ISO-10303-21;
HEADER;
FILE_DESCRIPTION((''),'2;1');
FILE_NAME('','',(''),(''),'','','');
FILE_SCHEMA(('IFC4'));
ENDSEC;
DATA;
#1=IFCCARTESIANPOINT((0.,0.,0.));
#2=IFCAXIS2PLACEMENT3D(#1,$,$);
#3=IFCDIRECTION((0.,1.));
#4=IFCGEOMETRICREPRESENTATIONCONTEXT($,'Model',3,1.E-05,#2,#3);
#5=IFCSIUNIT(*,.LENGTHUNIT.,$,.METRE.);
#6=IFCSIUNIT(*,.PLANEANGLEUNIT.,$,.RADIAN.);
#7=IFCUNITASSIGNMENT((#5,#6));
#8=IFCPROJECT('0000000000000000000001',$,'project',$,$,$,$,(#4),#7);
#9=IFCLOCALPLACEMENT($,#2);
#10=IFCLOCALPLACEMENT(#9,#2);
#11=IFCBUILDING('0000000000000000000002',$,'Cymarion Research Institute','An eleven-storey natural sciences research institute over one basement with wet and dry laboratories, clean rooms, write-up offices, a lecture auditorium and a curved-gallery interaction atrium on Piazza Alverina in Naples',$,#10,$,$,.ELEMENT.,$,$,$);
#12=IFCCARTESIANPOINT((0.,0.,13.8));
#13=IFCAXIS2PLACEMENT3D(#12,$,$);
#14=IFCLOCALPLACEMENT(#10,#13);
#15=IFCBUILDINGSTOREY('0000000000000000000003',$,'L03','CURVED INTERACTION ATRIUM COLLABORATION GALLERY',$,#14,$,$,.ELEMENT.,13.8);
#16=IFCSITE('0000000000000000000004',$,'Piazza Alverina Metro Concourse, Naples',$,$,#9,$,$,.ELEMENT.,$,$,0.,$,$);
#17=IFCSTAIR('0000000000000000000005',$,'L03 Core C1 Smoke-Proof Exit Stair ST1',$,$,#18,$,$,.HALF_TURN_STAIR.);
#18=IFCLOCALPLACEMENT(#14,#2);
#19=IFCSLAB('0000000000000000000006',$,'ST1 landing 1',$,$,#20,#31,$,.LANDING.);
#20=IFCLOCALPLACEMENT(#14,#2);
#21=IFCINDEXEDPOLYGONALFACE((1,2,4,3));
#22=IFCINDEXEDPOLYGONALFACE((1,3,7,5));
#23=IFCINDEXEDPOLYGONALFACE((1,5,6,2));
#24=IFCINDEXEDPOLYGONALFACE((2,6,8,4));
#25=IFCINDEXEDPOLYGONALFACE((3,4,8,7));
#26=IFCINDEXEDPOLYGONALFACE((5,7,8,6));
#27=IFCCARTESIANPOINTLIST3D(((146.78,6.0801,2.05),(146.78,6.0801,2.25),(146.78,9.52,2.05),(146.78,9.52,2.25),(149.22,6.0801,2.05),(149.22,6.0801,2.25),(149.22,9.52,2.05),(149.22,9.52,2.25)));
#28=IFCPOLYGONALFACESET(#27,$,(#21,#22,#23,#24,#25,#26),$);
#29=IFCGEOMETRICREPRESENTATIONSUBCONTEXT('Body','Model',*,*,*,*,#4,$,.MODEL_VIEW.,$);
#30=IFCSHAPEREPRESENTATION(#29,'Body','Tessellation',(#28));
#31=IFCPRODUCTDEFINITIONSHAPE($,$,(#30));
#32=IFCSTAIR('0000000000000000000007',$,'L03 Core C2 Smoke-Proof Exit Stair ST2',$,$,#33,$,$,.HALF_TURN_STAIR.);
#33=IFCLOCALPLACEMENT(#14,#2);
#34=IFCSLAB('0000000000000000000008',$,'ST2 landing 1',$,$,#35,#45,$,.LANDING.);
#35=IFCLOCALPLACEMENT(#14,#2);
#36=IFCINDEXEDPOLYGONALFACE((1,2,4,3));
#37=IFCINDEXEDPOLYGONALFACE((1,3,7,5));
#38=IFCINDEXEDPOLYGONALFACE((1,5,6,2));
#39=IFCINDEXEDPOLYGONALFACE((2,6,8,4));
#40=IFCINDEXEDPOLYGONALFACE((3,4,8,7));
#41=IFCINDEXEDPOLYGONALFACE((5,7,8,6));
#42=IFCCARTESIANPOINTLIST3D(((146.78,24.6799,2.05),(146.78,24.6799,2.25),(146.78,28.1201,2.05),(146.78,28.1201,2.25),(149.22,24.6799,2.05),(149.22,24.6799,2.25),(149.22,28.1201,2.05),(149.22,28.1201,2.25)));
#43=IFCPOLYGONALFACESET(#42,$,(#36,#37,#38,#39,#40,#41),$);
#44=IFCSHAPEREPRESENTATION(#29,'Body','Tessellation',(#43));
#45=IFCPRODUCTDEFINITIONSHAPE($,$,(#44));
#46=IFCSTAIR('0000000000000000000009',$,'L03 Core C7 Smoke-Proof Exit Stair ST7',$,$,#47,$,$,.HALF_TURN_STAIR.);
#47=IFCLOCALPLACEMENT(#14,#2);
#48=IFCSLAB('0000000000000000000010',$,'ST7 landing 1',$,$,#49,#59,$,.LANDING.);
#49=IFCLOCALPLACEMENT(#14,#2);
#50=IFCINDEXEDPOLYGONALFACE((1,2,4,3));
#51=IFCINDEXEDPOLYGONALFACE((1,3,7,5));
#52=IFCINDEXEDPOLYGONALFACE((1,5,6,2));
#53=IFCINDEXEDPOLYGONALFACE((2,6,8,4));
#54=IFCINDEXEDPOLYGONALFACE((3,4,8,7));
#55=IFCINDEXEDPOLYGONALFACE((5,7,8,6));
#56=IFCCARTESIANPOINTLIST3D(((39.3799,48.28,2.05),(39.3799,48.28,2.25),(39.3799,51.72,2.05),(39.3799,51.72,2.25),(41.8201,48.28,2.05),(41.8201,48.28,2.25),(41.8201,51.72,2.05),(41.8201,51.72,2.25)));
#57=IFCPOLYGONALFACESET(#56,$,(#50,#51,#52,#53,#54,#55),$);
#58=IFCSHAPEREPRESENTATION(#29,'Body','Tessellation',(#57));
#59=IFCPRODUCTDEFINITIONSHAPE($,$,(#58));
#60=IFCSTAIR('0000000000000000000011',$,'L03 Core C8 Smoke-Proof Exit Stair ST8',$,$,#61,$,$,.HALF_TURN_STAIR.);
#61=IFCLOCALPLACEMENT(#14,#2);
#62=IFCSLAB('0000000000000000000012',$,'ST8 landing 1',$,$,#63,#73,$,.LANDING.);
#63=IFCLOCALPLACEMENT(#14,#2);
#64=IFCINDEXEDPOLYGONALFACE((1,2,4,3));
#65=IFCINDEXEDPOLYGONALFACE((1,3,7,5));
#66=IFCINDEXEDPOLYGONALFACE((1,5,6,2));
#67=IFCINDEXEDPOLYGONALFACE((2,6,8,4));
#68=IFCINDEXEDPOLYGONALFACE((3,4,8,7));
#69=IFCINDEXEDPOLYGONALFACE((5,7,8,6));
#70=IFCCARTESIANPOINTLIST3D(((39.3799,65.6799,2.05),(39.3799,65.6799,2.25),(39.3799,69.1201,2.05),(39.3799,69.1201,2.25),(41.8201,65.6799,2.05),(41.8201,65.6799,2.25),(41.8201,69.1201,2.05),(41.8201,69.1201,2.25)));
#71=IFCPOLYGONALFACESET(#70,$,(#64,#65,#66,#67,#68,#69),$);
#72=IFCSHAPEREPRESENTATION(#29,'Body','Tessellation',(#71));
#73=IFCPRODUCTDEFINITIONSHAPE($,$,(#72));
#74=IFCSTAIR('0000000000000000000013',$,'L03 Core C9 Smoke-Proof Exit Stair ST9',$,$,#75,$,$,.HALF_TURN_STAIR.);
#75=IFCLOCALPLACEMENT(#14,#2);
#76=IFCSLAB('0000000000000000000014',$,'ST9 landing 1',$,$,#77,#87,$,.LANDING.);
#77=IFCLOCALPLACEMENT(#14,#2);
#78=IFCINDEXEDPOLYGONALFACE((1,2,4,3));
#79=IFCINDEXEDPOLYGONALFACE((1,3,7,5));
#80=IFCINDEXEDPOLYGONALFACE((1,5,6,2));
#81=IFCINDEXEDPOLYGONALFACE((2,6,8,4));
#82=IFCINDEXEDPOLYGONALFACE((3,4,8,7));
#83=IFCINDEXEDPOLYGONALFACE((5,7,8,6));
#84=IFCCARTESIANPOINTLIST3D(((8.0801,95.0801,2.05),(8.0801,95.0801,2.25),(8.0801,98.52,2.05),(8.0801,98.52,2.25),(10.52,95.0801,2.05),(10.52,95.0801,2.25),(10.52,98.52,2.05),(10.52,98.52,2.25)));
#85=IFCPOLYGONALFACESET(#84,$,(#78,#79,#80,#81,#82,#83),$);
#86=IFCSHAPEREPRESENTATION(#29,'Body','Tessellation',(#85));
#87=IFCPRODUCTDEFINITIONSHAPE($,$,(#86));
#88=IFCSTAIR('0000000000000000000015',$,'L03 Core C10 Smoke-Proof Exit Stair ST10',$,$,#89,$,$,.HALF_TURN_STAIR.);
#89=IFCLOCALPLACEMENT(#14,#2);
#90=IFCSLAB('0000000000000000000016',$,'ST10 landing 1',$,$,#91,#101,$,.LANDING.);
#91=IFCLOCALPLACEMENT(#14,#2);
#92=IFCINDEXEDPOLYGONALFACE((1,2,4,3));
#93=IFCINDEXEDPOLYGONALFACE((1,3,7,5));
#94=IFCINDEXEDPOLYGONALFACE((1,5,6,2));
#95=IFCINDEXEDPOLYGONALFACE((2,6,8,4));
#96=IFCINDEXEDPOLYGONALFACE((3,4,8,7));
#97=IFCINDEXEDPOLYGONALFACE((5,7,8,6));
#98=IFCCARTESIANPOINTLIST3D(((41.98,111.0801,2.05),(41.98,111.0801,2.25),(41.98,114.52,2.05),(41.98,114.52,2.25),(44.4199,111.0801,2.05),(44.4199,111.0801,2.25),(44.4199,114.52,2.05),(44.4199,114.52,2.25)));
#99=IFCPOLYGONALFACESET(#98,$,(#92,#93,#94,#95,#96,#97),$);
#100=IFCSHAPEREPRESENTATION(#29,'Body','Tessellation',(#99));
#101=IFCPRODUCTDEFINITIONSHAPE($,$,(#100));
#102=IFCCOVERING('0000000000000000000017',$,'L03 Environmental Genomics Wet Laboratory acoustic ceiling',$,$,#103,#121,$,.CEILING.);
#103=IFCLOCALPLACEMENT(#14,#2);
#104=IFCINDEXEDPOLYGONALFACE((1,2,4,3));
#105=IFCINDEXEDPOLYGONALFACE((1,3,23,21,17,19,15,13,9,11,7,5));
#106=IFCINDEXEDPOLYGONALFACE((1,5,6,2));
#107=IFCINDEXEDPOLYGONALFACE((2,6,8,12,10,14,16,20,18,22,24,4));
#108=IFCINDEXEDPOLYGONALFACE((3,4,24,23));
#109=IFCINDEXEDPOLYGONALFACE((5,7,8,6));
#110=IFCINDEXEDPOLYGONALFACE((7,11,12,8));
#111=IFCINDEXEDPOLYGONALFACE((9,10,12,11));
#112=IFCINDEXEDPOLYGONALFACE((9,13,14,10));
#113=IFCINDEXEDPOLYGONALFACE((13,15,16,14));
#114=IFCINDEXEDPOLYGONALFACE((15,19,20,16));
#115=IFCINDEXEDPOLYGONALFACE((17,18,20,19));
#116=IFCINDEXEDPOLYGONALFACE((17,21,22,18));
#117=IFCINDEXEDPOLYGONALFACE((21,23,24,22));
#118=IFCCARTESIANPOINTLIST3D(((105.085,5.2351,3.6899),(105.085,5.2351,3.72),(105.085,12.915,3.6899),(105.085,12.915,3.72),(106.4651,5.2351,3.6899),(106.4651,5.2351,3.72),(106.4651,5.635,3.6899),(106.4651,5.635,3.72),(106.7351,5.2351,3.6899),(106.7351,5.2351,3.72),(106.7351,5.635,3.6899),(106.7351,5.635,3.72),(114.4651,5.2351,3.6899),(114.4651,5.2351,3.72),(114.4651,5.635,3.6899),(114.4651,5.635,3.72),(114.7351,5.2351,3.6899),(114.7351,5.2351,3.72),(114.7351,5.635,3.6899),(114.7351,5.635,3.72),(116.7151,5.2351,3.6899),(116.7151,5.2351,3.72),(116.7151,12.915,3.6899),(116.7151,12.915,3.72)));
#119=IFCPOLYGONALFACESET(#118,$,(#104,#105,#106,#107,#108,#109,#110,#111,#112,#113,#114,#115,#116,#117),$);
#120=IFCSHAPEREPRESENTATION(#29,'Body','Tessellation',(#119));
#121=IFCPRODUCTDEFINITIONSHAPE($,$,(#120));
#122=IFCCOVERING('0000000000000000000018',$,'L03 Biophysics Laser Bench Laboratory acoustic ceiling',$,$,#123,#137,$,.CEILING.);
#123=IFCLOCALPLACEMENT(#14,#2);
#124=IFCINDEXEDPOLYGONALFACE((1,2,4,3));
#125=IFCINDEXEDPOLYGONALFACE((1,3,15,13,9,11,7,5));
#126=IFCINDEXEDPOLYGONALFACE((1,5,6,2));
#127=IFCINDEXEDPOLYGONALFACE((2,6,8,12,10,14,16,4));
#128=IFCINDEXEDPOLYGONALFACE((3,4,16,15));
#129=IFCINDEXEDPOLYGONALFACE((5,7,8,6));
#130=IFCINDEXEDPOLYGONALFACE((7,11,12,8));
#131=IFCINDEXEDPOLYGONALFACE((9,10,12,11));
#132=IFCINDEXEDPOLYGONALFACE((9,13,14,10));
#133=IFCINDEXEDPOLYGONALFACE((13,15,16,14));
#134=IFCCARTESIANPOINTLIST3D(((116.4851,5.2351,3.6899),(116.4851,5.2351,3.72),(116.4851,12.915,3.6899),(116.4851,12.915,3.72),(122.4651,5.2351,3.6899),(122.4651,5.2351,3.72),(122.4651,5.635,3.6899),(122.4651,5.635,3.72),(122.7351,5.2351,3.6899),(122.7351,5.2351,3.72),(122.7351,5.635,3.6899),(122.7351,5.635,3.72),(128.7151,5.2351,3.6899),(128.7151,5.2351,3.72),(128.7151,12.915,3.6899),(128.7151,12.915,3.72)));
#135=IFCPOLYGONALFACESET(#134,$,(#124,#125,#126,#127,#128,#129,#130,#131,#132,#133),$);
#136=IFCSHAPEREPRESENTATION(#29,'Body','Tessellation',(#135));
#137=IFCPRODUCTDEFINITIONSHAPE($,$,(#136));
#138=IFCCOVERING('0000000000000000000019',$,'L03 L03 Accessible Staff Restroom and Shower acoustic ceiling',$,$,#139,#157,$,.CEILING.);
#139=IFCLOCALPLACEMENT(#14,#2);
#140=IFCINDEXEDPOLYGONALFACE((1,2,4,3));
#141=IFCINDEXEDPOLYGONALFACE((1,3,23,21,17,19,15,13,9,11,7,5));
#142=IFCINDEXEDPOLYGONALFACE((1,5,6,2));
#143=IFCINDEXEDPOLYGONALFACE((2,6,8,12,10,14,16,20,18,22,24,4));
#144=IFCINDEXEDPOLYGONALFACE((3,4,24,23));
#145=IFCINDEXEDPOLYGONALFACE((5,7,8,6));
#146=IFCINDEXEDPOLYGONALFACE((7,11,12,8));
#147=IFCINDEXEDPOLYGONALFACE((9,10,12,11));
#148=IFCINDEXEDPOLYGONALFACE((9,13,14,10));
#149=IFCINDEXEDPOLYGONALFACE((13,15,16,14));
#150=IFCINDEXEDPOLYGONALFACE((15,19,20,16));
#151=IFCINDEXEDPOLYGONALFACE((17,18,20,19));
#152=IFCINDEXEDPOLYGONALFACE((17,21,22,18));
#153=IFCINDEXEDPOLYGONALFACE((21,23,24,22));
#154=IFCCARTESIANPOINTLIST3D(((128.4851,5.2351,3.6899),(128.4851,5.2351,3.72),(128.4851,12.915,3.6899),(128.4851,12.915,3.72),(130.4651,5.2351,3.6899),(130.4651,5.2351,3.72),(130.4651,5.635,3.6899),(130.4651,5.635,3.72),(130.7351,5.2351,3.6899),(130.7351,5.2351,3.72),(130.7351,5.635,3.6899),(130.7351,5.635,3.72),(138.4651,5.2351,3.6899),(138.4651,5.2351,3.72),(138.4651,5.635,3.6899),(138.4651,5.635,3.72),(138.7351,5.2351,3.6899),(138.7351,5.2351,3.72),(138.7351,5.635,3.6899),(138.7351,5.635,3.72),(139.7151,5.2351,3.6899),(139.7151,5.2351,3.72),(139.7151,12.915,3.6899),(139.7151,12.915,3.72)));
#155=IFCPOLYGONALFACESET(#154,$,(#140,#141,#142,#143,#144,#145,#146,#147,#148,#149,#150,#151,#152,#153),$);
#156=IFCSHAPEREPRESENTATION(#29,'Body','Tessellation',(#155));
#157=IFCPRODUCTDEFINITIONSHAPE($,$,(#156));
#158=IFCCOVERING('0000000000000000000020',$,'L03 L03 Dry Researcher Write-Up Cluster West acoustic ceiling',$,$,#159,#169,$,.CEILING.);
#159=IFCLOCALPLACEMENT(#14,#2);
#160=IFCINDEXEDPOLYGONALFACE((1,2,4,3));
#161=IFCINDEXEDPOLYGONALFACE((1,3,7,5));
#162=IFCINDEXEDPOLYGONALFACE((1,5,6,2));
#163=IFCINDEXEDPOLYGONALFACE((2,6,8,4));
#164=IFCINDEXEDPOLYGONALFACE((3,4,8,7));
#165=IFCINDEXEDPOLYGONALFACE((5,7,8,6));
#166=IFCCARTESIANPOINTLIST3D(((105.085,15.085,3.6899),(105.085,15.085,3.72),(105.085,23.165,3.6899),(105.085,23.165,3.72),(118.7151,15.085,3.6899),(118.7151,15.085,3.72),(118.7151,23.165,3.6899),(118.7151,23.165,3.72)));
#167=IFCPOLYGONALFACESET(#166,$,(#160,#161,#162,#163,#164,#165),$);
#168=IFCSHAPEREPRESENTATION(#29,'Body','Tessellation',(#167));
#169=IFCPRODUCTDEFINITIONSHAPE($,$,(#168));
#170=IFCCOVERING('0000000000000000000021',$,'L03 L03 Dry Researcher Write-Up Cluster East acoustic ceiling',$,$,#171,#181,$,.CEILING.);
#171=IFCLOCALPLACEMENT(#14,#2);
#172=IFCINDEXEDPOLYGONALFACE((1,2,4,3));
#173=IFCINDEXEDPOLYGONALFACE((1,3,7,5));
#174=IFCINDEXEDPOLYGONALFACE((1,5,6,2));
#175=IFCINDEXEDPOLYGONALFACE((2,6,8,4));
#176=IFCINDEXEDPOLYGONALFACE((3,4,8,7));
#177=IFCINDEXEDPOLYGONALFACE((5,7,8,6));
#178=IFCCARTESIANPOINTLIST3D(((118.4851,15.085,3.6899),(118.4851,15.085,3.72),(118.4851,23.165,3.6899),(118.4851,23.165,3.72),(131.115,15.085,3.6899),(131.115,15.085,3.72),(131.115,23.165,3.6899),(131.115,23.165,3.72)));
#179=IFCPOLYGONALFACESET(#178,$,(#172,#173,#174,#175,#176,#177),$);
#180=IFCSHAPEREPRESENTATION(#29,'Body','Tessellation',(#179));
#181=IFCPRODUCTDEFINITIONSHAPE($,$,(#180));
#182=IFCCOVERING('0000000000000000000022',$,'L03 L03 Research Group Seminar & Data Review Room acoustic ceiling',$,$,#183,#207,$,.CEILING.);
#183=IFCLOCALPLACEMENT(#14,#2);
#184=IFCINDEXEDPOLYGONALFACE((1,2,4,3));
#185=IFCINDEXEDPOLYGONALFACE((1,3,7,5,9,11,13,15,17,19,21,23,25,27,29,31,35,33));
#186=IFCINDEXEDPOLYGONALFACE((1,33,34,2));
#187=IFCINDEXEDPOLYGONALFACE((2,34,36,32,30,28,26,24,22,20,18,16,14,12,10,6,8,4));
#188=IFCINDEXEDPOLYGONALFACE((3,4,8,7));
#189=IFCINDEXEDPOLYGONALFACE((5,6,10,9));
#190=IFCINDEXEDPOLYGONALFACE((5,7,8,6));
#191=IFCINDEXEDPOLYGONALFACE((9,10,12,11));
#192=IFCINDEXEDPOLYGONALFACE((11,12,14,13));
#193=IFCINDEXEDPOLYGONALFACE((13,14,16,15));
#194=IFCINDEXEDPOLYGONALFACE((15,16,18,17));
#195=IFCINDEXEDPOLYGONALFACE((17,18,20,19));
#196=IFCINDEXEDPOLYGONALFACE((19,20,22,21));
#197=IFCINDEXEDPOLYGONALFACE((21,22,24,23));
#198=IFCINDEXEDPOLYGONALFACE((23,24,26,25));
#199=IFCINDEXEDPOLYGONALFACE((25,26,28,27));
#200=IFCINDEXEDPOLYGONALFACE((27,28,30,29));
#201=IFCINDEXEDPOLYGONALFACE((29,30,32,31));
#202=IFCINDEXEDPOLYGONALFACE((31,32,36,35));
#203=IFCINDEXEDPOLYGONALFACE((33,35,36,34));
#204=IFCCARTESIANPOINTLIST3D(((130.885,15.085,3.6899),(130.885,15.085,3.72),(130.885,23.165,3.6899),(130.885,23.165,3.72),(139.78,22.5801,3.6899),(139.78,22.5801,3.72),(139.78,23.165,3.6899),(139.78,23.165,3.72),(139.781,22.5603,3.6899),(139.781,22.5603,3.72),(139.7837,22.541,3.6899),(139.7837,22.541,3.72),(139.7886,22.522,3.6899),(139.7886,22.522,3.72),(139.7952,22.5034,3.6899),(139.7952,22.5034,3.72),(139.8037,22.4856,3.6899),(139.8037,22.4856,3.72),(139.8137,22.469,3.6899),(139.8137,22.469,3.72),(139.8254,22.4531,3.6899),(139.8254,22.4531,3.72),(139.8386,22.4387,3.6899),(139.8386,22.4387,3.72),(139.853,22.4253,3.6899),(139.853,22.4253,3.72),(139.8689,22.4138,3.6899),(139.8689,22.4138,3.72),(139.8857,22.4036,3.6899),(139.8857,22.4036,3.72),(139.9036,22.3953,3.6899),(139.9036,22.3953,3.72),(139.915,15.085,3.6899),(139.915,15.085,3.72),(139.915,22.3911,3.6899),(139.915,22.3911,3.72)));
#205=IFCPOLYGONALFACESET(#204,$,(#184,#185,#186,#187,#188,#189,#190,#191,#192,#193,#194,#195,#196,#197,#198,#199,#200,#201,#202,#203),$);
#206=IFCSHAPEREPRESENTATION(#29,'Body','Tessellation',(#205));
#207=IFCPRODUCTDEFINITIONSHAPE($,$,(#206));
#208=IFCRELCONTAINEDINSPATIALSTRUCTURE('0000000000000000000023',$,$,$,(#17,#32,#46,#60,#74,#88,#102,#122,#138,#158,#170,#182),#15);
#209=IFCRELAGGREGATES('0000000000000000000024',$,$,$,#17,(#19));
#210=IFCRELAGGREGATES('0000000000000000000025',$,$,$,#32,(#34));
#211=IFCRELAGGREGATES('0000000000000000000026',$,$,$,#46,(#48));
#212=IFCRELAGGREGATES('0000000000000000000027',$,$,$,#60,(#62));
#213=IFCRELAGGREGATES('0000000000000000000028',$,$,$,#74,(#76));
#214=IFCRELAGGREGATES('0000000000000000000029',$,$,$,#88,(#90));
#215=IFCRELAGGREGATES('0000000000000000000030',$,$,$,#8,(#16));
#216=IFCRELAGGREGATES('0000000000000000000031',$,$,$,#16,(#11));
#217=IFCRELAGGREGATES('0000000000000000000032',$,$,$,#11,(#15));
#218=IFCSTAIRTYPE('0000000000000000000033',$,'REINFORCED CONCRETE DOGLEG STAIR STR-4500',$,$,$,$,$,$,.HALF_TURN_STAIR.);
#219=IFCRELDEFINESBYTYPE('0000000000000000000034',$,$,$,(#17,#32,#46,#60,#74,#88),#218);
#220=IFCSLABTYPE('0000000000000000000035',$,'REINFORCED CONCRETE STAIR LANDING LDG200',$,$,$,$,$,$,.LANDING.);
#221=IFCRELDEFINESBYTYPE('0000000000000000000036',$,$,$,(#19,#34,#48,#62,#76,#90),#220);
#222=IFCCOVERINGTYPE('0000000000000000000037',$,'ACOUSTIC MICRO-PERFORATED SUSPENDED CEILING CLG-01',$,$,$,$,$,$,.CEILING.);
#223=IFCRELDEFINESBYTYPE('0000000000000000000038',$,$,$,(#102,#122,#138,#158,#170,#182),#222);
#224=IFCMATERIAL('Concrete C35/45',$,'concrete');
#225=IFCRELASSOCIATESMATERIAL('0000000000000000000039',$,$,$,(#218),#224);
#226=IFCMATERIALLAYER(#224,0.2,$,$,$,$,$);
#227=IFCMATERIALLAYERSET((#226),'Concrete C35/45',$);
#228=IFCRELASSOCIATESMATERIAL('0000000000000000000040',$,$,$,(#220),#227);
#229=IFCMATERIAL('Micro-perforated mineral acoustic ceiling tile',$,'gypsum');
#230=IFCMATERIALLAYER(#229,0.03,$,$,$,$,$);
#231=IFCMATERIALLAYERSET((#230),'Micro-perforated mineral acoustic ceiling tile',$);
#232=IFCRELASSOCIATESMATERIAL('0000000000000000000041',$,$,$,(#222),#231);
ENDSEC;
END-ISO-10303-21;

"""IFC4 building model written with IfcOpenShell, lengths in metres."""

from ifc_helpers import new_model, si_unit, direction, frame, origin, place, context, subcontext, project, spatial, polyline, outline, extrude, material, layer, layer_set, type_object, element, aggregate, save


model = new_model("IFC4")

# Units and contexts
model_context = context("Model", 3, precision=1e-05, world=origin(), true_north=direction((0.0, 1.0)))
body_context = subcontext(model_context, "Body", "Model", "MODEL_VIEW")
ifc_project = project(units=[si_unit("LENGTHUNIT", "METRE"), si_unit("PLANEANGLEUNIT", "RADIAN")], contexts=[model_context])

# Site, building, storey
site_placement = place(None, origin())
site = spatial("IfcSite", under=ifc_project, at=site_placement, Name="Piazza Alverina Metro Concourse, Naples", CompositionType="ELEMENT", RefElevation=0.0)
building_placement = place(site_placement, origin())
building = spatial("IfcBuilding", under=site, at=building_placement, Name="Cymarion Research Institute", Description="An eleven-storey natural sciences research institute over one basement with wet and dry laboratories, clean rooms, write-up offices, a lecture auditorium and a curved-gallery interaction atrium on Piazza Alverina in Naples", CompositionType="ELEMENT")
storey_placement = place(building_placement, frame((0.0, 0.0, 13.8)))
storey = spatial("IfcBuildingStorey", under=building, at=storey_placement, Name="L03", Description="CURVED INTERACTION ATRIUM COLLABORATION GALLERY", CompositionType="ELEMENT", Elevation=13.8)

# Stairs, slabs
ifc_material_1 = material(Name="Concrete C35/45", Category="concrete")
stair_type = type_object("IfcStairType", Name="REINFORCED CONCRETE DOGLEG STAIR STR-4500", PredefinedType="HALF_TURN_STAIR", material=ifc_material_1)
stair_1_placement = place(storey_placement, origin())
stair_1 = element("IfcStair", 1, at=stair_1_placement, inside=storey, type_object=stair_type, Name="L03 Core C1 Smoke-Proof Exit Stair ST1", PredefinedType="HALF_TURN_STAIR")
ifc_layer_1 = layer(ifc_material_1, 0.2)
ifc_layer_set_1 = layer_set([ifc_layer_1], Name="Concrete C35/45")
slab_type = type_object("IfcSlabType", Name="REINFORCED CONCRETE STAIR LANDING LDG200", PredefinedType="LANDING", material=ifc_layer_set_1)
slab_1_placement = place(storey_placement, frame((0.0, 0.0, 2.05)))
slab_1 = element("IfcSlab", 2, at=slab_1_placement, type_object=slab_type, Name="ST1 landing 1", PredefinedType="LANDING", context=body_context, shape_type="SweptSolid", body=[
    extrude(outline(polyline([(149.22, 9.52), (149.22, 6.0801), (146.78, 6.0801), (146.78, 9.52), (149.22, 9.52)])), origin(), (0.0, 0.0, 1.0), 0.2),
])
aggregate(stair_1, [slab_1])
stair_2_placement = place(storey_placement, origin())
stair_2 = element("IfcStair", 3, at=stair_2_placement, inside=storey, type_object=stair_type, Name="L03 Core C2 Smoke-Proof Exit Stair ST2", PredefinedType="HALF_TURN_STAIR")
slab_2_placement = place(storey_placement, frame((0.0, 0.0, 2.05)))
slab_2 = element("IfcSlab", 4, at=slab_2_placement, type_object=slab_type, Name="ST2 landing 1", PredefinedType="LANDING", context=body_context, shape_type="SweptSolid", body=[
    extrude(outline(polyline([(149.22, 28.1201), (149.22, 24.6799), (146.78, 24.6799), (146.78, 28.1201), (149.22, 28.1201)])), origin(), (0.0, 0.0, 1.0), 0.2),
])
aggregate(stair_2, [slab_2])
stair_3_placement = place(storey_placement, origin())
stair_3 = element("IfcStair", 5, at=stair_3_placement, inside=storey, type_object=stair_type, Name="L03 Core C7 Smoke-Proof Exit Stair ST7", PredefinedType="HALF_TURN_STAIR")
slab_3_placement = place(storey_placement, frame((0.0, 0.0, 2.05)))
slab_3 = element("IfcSlab", 6, at=slab_3_placement, type_object=slab_type, Name="ST7 landing 1", PredefinedType="LANDING", context=body_context, shape_type="SweptSolid", body=[
    extrude(outline(polyline([(39.3799, 48.28), (39.3799, 51.72), (41.8201, 51.72), (41.8201, 48.28), (39.3799, 48.28)])), origin(), (0.0, 0.0, 1.0), 0.2),
])
aggregate(stair_3, [slab_3])
stair_4_placement = place(storey_placement, origin())
stair_4 = element("IfcStair", 7, at=stair_4_placement, inside=storey, type_object=stair_type, Name="L03 Core C8 Smoke-Proof Exit Stair ST8", PredefinedType="HALF_TURN_STAIR")
slab_4_placement = place(storey_placement, frame((0.0, 0.0, 2.05)))
slab_4 = element("IfcSlab", 8, at=slab_4_placement, type_object=slab_type, Name="ST8 landing 1", PredefinedType="LANDING", context=body_context, shape_type="SweptSolid", body=[
    extrude(outline(polyline([(39.3799, 65.6799), (39.3799, 69.1201), (41.8201, 69.1201), (41.8201, 65.6799), (39.3799, 65.6799)])), origin(), (0.0, 0.0, 1.0), 0.2),
])
aggregate(stair_4, [slab_4])
stair_5_placement = place(storey_placement, origin())
stair_5 = element("IfcStair", 9, at=stair_5_placement, inside=storey, type_object=stair_type, Name="L03 Core C9 Smoke-Proof Exit Stair ST9", PredefinedType="HALF_TURN_STAIR")
slab_5_placement = place(storey_placement, frame((0.0, 0.0, 2.05)))
slab_5 = element("IfcSlab", 10, at=slab_5_placement, type_object=slab_type, Name="ST9 landing 1", PredefinedType="LANDING", context=body_context, shape_type="SweptSolid", body=[
    extrude(outline(polyline([(10.52, 98.52), (10.52, 95.0801), (8.0801, 95.0801), (8.0801, 98.52), (10.52, 98.52)])), origin(), (0.0, 0.0, 1.0), 0.2),
])
aggregate(stair_5, [slab_5])
stair_6_placement = place(storey_placement, origin())
stair_6 = element("IfcStair", 11, at=stair_6_placement, inside=storey, type_object=stair_type, Name="L03 Core C10 Smoke-Proof Exit Stair ST10", PredefinedType="HALF_TURN_STAIR")
slab_6_placement = place(storey_placement, frame((0.0, 0.0, 2.05)))
slab_6 = element("IfcSlab", 12, at=slab_6_placement, type_object=slab_type, Name="ST10 landing 1", PredefinedType="LANDING", context=body_context, shape_type="SweptSolid", body=[
    extrude(outline(polyline([(41.98, 111.0801), (41.98, 114.52), (44.4199, 114.52), (44.4199, 111.0801), (41.98, 111.0801)])), origin(), (0.0, 0.0, 1.0), 0.2),
])
aggregate(stair_6, [slab_6])

# Coverings
ifc_material_2 = material(Name="Micro-perforated mineral acoustic ceiling tile", Category="gypsum")
ifc_layer_2 = layer(ifc_material_2, 0.03)
ifc_layer_set_2 = layer_set([ifc_layer_2], Name="Micro-perforated mineral acoustic ceiling tile")
covering_type_1 = type_object("IfcCoveringType", Name="ACOUSTIC MICRO-PERFORATED SUSPENDED CEILING CLG-01", PredefinedType="CEILING", material=ifc_layer_set_2)
covering_1_placement = place(storey_placement, frame((0.0, 0.0, 3.6899)))
element("IfcCovering", 13, at=covering_1_placement, inside=storey, type_object=covering_type_1, Name="L03 Environmental Genomics Wet Laboratory acoustic ceiling", PredefinedType="CEILING", context=body_context, shape_type="SweptSolid", body=[
    extrude(outline(polyline([(116.7151, 12.915), (116.7151, 5.2351), (114.7351, 5.2351), (114.7351, 5.635), (114.4651, 5.635), (114.4651, 5.2351), (106.7351, 5.2351), (106.7351, 5.635), (106.4651, 5.635), (106.4651, 5.2351), (105.085, 5.2351), (105.085, 12.915), (116.7151, 12.915)])), origin(), (0.0, 0.0, 1.0), 0.03),
])
covering_2_placement = place(storey_placement, frame((0.0, 0.0, 3.6899)))
element("IfcCovering", 14, at=covering_2_placement, inside=storey, type_object=covering_type_1, Name="L03 Biophysics Laser Bench Laboratory acoustic ceiling", PredefinedType="CEILING", context=body_context, shape_type="SweptSolid", body=[
    extrude(outline(polyline([(128.7151, 12.915), (128.7151, 5.2351), (122.7351, 5.2351), (122.7351, 5.635), (122.4651, 5.635), (122.4651, 5.2351), (116.4851, 5.2351), (116.4851, 12.915), (128.7151, 12.915)])), origin(), (0.0, 0.0, 1.0), 0.03),
])
covering_3_placement = place(storey_placement, frame((0.0, 0.0, 3.6899)))
element("IfcCovering", 15, at=covering_3_placement, inside=storey, type_object=covering_type_1, Name="L03 L03 Accessible Staff Restroom and Shower acoustic ceiling", PredefinedType="CEILING", context=body_context, shape_type="SweptSolid", body=[
    extrude(outline(polyline([(139.7151, 12.915), (139.7151, 5.2351), (138.7351, 5.2351), (138.7351, 5.635), (138.4651, 5.635), (138.4651, 5.2351), (130.7351, 5.2351), (130.7351, 5.635), (130.4651, 5.635), (130.4651, 5.2351), (128.4851, 5.2351), (128.4851, 12.915), (139.7151, 12.915)])), origin(), (0.0, 0.0, 1.0), 0.03),
])
covering_4_placement = place(storey_placement, frame((0.0, 0.0, 3.6899)))
element("IfcCovering", 16, at=covering_4_placement, inside=storey, type_object=covering_type_1, Name="L03 L03 Dry Researcher Write-Up Cluster West acoustic ceiling", PredefinedType="CEILING", context=body_context, shape_type="SweptSolid", body=[
    extrude(outline(polyline([(118.7151, 23.165), (118.7151, 15.085), (105.085, 15.085), (105.085, 23.165), (118.7151, 23.165)])), origin(), (0.0, 0.0, 1.0), 0.03),
])
covering_5_placement = place(storey_placement, frame((0.0, 0.0, 3.6899)))
element("IfcCovering", 17, at=covering_5_placement, inside=storey, type_object=covering_type_1, Name="L03 L03 Dry Researcher Write-Up Cluster East acoustic ceiling", PredefinedType="CEILING", context=body_context, shape_type="SweptSolid", body=[
    extrude(outline(polyline([(131.115, 23.165), (131.115, 15.085), (118.4851, 15.085), (118.4851, 23.165), (131.115, 23.165)])), origin(), (0.0, 0.0, 1.0), 0.03),
])
covering_6_placement = place(storey_placement, frame((0.0, 0.0, 3.6899)))
element("IfcCovering", 18, at=covering_6_placement, inside=storey, type_object=covering_type_1, Name="L03 L03 Research Group Seminar & Data Review Room acoustic ceiling", PredefinedType="CEILING", context=body_context, shape_type="SweptSolid", body=[
    extrude(outline(polyline([(139.78, 23.165), (139.78, 22.5801), (139.781, 22.5603), (139.7837, 22.541), (139.7886, 22.522), (139.7952, 22.5034), (139.8037, 22.4856), (139.8137, 22.469), (139.8254, 22.4531), (139.8386, 22.4387), (139.853, 22.4253), (139.8689, 22.4138), (139.8857, 22.4036), (139.9036, 22.3953), (139.915, 22.3911), (139.915, 15.085), (130.885, 15.085), (130.885, 23.165), (139.78, 23.165)])), origin(), (0.0, 0.0, 1.0), 0.03),
])

save(model, "model.ifc")
